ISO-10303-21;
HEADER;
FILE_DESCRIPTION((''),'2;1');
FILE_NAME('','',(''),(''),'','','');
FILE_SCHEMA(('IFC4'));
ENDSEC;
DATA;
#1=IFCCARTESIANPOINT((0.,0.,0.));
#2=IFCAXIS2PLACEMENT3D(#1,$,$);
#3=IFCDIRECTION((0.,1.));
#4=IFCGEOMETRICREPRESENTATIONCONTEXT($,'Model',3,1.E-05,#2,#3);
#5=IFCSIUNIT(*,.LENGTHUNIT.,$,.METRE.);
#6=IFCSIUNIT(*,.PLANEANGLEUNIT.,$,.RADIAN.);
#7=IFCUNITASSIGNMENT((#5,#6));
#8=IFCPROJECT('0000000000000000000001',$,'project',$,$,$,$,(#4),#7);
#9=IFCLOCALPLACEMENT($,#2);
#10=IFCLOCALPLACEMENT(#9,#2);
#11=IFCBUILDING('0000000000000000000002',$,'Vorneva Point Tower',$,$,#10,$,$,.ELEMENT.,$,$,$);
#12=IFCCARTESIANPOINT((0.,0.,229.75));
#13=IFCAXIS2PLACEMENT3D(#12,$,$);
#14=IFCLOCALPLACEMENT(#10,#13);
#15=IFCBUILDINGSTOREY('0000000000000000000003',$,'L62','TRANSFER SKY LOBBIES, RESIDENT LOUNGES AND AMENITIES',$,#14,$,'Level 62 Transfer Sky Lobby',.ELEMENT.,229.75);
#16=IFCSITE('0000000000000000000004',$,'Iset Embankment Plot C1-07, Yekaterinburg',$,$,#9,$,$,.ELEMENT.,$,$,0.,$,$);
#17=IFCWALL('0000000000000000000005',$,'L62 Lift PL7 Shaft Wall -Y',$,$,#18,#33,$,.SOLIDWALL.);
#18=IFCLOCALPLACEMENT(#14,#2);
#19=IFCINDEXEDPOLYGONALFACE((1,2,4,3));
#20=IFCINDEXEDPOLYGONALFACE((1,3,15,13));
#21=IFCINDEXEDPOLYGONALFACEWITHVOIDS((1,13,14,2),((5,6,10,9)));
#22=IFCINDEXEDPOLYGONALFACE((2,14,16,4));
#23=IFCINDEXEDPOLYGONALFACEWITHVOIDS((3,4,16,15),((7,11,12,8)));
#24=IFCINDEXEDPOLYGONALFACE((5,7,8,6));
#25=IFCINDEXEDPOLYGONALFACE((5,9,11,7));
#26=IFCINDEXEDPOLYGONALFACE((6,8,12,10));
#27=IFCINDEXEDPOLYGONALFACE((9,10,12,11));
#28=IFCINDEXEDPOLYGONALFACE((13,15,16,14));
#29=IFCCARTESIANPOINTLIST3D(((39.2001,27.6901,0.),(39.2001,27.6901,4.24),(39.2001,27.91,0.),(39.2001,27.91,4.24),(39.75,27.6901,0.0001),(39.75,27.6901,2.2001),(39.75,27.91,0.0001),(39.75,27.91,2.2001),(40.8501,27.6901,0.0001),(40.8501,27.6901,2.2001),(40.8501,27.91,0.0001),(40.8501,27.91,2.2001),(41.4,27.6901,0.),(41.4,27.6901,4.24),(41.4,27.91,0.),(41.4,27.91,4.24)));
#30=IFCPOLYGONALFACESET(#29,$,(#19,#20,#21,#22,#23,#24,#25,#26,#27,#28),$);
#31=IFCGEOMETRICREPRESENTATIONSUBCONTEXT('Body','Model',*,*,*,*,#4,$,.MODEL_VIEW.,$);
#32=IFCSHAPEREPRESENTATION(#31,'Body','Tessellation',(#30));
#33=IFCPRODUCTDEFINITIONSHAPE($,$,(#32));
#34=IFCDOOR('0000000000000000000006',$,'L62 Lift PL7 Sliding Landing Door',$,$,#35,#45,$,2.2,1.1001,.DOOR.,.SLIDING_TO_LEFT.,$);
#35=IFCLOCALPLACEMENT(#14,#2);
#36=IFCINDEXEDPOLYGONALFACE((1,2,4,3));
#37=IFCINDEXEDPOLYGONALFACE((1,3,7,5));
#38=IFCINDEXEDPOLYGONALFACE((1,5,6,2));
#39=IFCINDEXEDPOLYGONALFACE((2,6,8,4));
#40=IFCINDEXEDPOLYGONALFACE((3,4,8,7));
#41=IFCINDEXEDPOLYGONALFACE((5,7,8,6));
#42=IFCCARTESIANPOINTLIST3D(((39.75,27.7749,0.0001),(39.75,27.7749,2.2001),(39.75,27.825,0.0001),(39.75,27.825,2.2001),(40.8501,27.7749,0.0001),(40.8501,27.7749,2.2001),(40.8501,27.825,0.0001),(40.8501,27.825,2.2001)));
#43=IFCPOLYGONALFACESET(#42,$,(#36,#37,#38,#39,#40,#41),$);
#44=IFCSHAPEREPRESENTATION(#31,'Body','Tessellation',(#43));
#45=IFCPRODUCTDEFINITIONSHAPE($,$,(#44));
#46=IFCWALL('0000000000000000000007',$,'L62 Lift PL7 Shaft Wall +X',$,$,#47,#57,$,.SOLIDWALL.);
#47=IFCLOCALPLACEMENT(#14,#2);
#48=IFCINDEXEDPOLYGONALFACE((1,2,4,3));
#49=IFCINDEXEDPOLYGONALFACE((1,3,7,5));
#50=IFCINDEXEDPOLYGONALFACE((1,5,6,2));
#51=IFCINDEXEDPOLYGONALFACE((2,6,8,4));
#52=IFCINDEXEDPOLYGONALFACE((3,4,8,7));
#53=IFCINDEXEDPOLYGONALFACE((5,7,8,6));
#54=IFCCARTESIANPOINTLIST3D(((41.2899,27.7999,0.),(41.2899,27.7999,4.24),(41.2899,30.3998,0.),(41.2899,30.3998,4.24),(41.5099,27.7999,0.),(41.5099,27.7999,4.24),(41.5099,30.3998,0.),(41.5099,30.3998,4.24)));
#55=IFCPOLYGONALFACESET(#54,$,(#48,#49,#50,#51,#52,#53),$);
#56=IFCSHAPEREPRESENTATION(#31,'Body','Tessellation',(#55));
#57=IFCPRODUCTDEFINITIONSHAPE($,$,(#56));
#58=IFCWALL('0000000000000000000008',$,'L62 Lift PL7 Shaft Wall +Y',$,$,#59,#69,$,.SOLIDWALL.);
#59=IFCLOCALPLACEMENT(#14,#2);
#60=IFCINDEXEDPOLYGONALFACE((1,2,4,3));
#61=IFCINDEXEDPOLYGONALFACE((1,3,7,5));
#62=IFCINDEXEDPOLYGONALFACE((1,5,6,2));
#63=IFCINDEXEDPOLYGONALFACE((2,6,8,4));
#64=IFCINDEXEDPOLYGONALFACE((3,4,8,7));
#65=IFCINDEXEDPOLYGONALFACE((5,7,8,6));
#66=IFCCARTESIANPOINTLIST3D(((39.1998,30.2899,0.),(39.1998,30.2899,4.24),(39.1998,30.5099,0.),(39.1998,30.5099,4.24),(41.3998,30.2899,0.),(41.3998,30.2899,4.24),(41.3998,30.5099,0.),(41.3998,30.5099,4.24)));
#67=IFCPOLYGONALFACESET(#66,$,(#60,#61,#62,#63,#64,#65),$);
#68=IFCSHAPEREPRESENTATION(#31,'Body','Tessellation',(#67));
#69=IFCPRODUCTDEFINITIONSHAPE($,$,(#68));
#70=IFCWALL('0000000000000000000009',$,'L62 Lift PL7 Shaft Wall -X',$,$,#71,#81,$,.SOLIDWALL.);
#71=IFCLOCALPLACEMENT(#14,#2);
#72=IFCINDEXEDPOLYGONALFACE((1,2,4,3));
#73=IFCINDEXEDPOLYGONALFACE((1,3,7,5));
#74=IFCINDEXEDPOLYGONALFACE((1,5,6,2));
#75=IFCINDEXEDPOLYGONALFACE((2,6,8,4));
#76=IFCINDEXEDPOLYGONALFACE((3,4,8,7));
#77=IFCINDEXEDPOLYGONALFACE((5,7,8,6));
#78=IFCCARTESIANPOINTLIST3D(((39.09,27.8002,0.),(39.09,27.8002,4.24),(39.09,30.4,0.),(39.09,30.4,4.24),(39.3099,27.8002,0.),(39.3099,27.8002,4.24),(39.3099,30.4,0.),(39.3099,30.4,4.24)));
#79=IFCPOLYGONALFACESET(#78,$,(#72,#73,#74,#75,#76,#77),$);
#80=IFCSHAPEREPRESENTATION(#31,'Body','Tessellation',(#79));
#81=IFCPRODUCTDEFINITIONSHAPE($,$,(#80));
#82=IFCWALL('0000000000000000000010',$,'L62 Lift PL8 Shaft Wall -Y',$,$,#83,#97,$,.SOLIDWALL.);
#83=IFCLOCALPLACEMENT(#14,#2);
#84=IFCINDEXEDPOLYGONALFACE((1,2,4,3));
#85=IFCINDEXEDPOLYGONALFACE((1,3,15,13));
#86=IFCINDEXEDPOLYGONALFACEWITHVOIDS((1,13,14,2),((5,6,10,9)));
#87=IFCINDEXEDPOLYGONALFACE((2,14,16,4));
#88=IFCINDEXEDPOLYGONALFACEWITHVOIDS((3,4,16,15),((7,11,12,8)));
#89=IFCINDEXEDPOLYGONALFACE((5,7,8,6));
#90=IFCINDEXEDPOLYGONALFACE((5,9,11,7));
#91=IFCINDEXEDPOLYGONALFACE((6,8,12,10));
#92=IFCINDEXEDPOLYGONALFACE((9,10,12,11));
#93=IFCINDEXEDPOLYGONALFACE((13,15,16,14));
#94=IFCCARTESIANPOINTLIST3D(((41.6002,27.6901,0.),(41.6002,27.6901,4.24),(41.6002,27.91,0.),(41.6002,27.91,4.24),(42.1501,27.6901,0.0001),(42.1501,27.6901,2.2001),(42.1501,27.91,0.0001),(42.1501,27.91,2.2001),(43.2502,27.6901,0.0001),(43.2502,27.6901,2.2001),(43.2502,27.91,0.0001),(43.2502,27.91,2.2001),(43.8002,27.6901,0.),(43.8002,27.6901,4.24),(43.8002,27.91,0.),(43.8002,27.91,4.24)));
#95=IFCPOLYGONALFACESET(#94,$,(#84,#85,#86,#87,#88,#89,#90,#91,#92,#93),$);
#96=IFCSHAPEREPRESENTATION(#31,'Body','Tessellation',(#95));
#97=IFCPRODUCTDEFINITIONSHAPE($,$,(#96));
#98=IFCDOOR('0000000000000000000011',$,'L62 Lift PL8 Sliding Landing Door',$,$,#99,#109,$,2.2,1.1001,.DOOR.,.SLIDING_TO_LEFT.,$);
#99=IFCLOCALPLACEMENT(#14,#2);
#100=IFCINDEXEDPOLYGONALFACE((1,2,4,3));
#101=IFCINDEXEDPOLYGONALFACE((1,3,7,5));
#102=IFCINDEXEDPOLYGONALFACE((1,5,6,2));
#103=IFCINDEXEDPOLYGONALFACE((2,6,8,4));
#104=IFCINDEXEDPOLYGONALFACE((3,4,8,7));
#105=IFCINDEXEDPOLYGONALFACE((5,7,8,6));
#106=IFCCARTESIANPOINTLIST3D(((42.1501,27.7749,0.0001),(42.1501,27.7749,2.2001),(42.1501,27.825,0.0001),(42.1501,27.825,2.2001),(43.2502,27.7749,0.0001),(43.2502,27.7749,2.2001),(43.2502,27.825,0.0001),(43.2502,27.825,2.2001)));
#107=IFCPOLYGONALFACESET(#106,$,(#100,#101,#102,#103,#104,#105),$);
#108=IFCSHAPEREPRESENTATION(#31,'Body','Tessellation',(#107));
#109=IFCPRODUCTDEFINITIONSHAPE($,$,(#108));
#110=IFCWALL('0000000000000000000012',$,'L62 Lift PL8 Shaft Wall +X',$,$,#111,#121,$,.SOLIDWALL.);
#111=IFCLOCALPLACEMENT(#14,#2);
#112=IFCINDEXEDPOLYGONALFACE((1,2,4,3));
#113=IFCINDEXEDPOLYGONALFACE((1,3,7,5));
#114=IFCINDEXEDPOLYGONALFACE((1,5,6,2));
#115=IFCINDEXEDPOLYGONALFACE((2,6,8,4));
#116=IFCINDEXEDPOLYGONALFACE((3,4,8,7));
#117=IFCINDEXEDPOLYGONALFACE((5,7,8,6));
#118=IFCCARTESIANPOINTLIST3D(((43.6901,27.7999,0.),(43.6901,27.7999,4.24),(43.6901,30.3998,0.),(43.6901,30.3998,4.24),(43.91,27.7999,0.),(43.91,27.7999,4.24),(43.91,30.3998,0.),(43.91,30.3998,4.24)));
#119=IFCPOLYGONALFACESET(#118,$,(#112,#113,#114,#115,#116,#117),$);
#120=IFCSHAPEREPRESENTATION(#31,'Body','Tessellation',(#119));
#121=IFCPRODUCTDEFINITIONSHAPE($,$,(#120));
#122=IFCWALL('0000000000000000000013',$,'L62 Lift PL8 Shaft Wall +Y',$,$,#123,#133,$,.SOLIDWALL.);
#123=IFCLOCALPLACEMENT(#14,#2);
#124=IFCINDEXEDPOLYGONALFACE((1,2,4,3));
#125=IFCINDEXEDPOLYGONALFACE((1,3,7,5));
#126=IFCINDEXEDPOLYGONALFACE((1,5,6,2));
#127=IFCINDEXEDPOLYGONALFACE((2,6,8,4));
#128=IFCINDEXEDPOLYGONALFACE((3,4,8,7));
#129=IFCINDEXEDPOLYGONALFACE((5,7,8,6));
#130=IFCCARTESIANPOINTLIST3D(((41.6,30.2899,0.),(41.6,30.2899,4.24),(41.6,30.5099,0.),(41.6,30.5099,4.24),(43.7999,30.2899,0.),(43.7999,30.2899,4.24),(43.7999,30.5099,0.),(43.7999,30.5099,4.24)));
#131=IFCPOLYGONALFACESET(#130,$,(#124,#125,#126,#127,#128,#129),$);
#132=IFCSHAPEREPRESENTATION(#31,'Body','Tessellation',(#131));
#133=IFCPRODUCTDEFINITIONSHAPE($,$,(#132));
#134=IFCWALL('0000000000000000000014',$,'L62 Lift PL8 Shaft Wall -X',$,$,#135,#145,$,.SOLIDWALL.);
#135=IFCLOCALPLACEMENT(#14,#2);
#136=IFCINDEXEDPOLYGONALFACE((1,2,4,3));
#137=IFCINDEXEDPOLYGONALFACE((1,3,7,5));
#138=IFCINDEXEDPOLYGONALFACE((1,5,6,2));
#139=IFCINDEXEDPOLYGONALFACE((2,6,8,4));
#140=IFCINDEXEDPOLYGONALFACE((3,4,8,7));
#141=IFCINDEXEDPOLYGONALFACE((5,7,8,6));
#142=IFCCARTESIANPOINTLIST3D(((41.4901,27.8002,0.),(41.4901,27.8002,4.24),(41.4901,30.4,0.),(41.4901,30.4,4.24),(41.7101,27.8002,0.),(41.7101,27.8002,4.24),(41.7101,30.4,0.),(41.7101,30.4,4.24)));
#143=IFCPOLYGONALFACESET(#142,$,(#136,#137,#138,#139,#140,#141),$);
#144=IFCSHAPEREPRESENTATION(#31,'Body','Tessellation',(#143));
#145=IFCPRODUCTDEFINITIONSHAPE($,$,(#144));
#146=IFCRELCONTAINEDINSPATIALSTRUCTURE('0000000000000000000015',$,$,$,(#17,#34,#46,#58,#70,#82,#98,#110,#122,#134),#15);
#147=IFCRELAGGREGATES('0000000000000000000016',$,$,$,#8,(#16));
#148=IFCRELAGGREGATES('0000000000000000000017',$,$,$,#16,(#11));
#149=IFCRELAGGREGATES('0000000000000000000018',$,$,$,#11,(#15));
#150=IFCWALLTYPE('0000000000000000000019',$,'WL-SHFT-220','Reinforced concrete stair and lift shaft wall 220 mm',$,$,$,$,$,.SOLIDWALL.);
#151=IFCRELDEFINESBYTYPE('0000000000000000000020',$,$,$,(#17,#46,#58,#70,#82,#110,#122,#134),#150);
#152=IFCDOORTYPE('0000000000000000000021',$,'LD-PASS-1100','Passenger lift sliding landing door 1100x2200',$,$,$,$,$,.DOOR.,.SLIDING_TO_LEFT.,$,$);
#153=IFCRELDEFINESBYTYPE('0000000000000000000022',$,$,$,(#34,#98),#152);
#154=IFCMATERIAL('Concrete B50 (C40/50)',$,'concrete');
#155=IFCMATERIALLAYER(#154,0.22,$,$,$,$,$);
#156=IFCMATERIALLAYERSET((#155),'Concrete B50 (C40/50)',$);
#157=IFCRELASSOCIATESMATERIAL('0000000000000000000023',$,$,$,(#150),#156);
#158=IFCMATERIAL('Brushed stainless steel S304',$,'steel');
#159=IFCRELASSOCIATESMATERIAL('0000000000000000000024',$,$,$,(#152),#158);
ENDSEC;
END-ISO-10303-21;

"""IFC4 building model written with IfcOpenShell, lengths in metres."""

from ifc_helpers import new_model, si_unit, direction, frame, frame_2d, origin, place, context, subcontext, project, spatial, rectangle, extrude, material, layer, layer_set, type_object, element, fill, save


model = new_model("IFC4")

# Units and contexts
model_context = context("Model", 3, precision=1e-05, world=origin(), true_north=direction((0.0, 1.0)))
body_context = subcontext(model_context, "Body", "Model", "MODEL_VIEW")
ifc_project = project(units=[si_unit("LENGTHUNIT", "METRE"), si_unit("PLANEANGLEUNIT", "RADIAN")], contexts=[model_context])

# Site, building, storey
site_placement = place(None, origin())
site = spatial("IfcSite", under=ifc_project, at=site_placement, Name="Iset Embankment Plot C1-07, Yekaterinburg", CompositionType="ELEMENT", RefElevation=0.0)
building_placement = place(site_placement, origin())
building = spatial("IfcBuilding", under=site, at=building_placement, Name="Vorneva Point Tower", CompositionType="ELEMENT")
storey_placement = place(building_placement, frame((0.0, 0.0, 229.75)))
storey = spatial("IfcBuildingStorey", under=building, at=storey_placement, Name="L62", Description="TRANSFER SKY LOBBIES, RESIDENT LOUNGES AND AMENITIES", LongName="Level 62 Transfer Sky Lobby", CompositionType="ELEMENT", Elevation=229.75)

# Shared definitions
ifc_material_1 = material(Name="Concrete B50 (C40/50)", Category="concrete")

# Shared definitions
ifc_material_2 = material(Name="Brushed stainless steel S304", Category="steel")

# Wall, opening, door
ifc_layer_1 = layer(ifc_material_1, 0.22)
ifc_layer_set_1 = layer_set([ifc_layer_1], Name="Concrete B50 (C40/50)")
wall_type_1 = type_object("IfcWallType", Name="WL-SHFT-220", Description="Reinforced concrete stair and lift shaft wall 220 mm", PredefinedType="SOLIDWALL", material=ifc_layer_set_1)
wall_1_placement = place(storey_placement, frame((39.2, 27.8, 0.0), z_axis=(0.0, 0.0, 1.0), x_axis=(1.0, 0.0, 0.0)))
wall_1 = element("IfcWall", 1, at=wall_1_placement, inside=storey, type_object=wall_type_1, Name="L62 Lift PL7 Shaft Wall -Y", PredefinedType="SOLIDWALL", context=body_context, shape_type="SweptSolid", body=[
    extrude(rectangle(XDim=2.2, YDim=0.22, at=frame_2d((1.1001, 0.0))), origin(), (0.0, 0.0, 1.0), 4.24),
])
opening_1_placement = place(wall_1_placement, frame((0.55, 0.0, 0.0)))
opening_1 = element("IfcOpeningElement", 2, at=opening_1_placement, cuts=wall_1, PredefinedType="OPENING", context=body_context, shape_type="SweptSolid", body=[
    extrude(rectangle(XDim=1.1001, YDim=2.2, at=frame_2d((0.55, 1.1001))), frame((0.0, 0.125, 0.0), z_axis=(0.0, -1.0, 0.0), x_axis=(1.0, 0.0, 0.0)), (0.0, 0.0, 1.0), 0.2498),
])
door_type_1 = type_object("IfcDoorType", Name="LD-PASS-1100", Description="Passenger lift sliding landing door 1100x2200", OperationType="SLIDING_TO_LEFT", PredefinedType="DOOR", material=ifc_material_2)
door_1_placement = place(opening_1_placement, origin())
door_1 = element("IfcDoor", 3, at=door_1_placement, inside=storey, type_object=door_type_1, Name="L62 Lift PL7 Sliding Landing Door", OperationType="SLIDING_TO_LEFT", OverallHeight=2.2, OverallWidth=1.1001, PredefinedType="DOOR", context=body_context, shape_type="SweptSolid", body=[
    extrude(rectangle(XDim=1.1001, YDim=2.2, at=frame_2d((0.55, 1.1001))), frame((0.0, 0.0249, 0.0), z_axis=(0.0, -1.0, 0.0), x_axis=(1.0, 0.0, 0.0)), (0.0, 0.0, 1.0), 0.05),
])
fill(opening_1, door_1)

# Walls
wall_2_placement = place(storey_placement, frame((41.3999, 27.8, 0.0), z_axis=(0.0, 0.0, 1.0), x_axis=(0.0, 1.0, 0.0)))
element("IfcWall", 4, at=wall_2_placement, inside=storey, type_object=wall_type_1, Name="L62 Lift PL7 Shaft Wall +X", PredefinedType="SOLIDWALL", context=body_context, shape_type="SweptSolid", body=[
    extrude(rectangle(XDim=2.5999, YDim=0.22, at=frame_2d((1.2998, 0.0))), origin(), (0.0, 0.0, 1.0), 4.24),
])
wall_3_placement = place(storey_placement, frame((41.3999, 30.3999, 0.0), z_axis=(0.0, 0.0, 1.0), x_axis=(-1.0, 0.0, 0.0)))
element("IfcWall", 5, at=wall_3_placement, inside=storey, type_object=wall_type_1, Name="L62 Lift PL7 Shaft Wall +Y", PredefinedType="SOLIDWALL", context=body_context, shape_type="SweptSolid", body=[
    extrude(rectangle(XDim=2.2, YDim=0.22, at=frame_2d((1.1001, 0.0))), origin(), (0.0, 0.0, 1.0), 4.24),
])
wall_4_placement = place(storey_placement, frame((39.2, 30.3999, 0.0), z_axis=(0.0, 0.0, 1.0), x_axis=(0.0, -1.0, 0.0)))
element("IfcWall", 6, at=wall_4_placement, inside=storey, type_object=wall_type_1, Name="L62 Lift PL7 Shaft Wall -X", PredefinedType="SOLIDWALL", context=body_context, shape_type="SweptSolid", body=[
    extrude(rectangle(XDim=2.5999, YDim=0.22, at=frame_2d((1.2998, 0.0))), origin(), (0.0, 0.0, 1.0), 4.24),
])

# Wall, opening, door
wall_5_placement = place(storey_placement, frame((41.6001, 27.8, 0.0), z_axis=(0.0, 0.0, 1.0), x_axis=(1.0, 0.0, 0.0)))
wall_5 = element("IfcWall", 7, at=wall_5_placement, inside=storey, type_object=wall_type_1, Name="L62 Lift PL8 Shaft Wall -Y", PredefinedType="SOLIDWALL", context=body_context, shape_type="SweptSolid", body=[
    extrude(rectangle(XDim=2.2, YDim=0.22, at=frame_2d((1.1001, 0.0))), origin(), (0.0, 0.0, 1.0), 4.24),
])
opening_2_placement = place(wall_5_placement, frame((0.55, 0.0, 0.0)))
opening_2 = element("IfcOpeningElement", 8, at=opening_2_placement, cuts=wall_5, PredefinedType="OPENING", context=body_context, shape_type="SweptSolid", body=[
    extrude(rectangle(XDim=1.1001, YDim=2.2, at=frame_2d((0.55, 1.1001))), frame((0.0, 0.125, 0.0), z_axis=(0.0, -1.0, 0.0), x_axis=(1.0, 0.0, 0.0)), (0.0, 0.0, 1.0), 0.2498),
])
door_2_placement = place(opening_2_placement, origin())
door_2 = element("IfcDoor", 9, at=door_2_placement, inside=storey, type_object=door_type_1, Name="L62 Lift PL8 Sliding Landing Door", OperationType="SLIDING_TO_LEFT", OverallHeight=2.2, OverallWidth=1.1001, PredefinedType="DOOR", context=body_context, shape_type="SweptSolid", body=[
    extrude(rectangle(XDim=1.1001, YDim=2.2, at=frame_2d((0.55, 1.1001))), frame((0.0, 0.0249, 0.0), z_axis=(0.0, -1.0, 0.0), x_axis=(1.0, 0.0, 0.0)), (0.0, 0.0, 1.0), 0.05),
])
fill(opening_2, door_2)

# Walls
wall_6_placement = place(storey_placement, frame((43.8, 27.8, 0.0), z_axis=(0.0, 0.0, 1.0), x_axis=(0.0, 1.0, 0.0)))
element("IfcWall", 10, at=wall_6_placement, inside=storey, type_object=wall_type_1, Name="L62 Lift PL8 Shaft Wall +X", PredefinedType="SOLIDWALL", context=body_context, shape_type="SweptSolid", body=[
    extrude(rectangle(XDim=2.5999, YDim=0.22, at=frame_2d((1.2998, 0.0))), origin(), (0.0, 0.0, 1.0), 4.24),
])
wall_7_placement = place(storey_placement, frame((43.8, 30.3999, 0.0), z_axis=(0.0, 0.0, 1.0), x_axis=(-1.0, 0.0, 0.0)))
element("IfcWall", 11, at=wall_7_placement, inside=storey, type_object=wall_type_1, Name="L62 Lift PL8 Shaft Wall +Y", PredefinedType="SOLIDWALL", context=body_context, shape_type="SweptSolid", body=[
    extrude(rectangle(XDim=2.2, YDim=0.22, at=frame_2d((1.1001, 0.0))), origin(), (0.0, 0.0, 1.0), 4.24),
])
wall_8_placement = place(storey_placement, frame((41.6001, 30.3999, 0.0), z_axis=(0.0, 0.0, 1.0), x_axis=(0.0, -1.0, 0.0)))
element("IfcWall", 12, at=wall_8_placement, inside=storey, type_object=wall_type_1, Name="L62 Lift PL8 Shaft Wall -X", PredefinedType="SOLIDWALL", context=body_context, shape_type="SweptSolid", body=[
    extrude(rectangle(XDim=2.5999, YDim=0.22, at=frame_2d((1.2998, 0.0))), origin(), (0.0, 0.0, 1.0), 4.24),
])

save(model, "model.ifc")
